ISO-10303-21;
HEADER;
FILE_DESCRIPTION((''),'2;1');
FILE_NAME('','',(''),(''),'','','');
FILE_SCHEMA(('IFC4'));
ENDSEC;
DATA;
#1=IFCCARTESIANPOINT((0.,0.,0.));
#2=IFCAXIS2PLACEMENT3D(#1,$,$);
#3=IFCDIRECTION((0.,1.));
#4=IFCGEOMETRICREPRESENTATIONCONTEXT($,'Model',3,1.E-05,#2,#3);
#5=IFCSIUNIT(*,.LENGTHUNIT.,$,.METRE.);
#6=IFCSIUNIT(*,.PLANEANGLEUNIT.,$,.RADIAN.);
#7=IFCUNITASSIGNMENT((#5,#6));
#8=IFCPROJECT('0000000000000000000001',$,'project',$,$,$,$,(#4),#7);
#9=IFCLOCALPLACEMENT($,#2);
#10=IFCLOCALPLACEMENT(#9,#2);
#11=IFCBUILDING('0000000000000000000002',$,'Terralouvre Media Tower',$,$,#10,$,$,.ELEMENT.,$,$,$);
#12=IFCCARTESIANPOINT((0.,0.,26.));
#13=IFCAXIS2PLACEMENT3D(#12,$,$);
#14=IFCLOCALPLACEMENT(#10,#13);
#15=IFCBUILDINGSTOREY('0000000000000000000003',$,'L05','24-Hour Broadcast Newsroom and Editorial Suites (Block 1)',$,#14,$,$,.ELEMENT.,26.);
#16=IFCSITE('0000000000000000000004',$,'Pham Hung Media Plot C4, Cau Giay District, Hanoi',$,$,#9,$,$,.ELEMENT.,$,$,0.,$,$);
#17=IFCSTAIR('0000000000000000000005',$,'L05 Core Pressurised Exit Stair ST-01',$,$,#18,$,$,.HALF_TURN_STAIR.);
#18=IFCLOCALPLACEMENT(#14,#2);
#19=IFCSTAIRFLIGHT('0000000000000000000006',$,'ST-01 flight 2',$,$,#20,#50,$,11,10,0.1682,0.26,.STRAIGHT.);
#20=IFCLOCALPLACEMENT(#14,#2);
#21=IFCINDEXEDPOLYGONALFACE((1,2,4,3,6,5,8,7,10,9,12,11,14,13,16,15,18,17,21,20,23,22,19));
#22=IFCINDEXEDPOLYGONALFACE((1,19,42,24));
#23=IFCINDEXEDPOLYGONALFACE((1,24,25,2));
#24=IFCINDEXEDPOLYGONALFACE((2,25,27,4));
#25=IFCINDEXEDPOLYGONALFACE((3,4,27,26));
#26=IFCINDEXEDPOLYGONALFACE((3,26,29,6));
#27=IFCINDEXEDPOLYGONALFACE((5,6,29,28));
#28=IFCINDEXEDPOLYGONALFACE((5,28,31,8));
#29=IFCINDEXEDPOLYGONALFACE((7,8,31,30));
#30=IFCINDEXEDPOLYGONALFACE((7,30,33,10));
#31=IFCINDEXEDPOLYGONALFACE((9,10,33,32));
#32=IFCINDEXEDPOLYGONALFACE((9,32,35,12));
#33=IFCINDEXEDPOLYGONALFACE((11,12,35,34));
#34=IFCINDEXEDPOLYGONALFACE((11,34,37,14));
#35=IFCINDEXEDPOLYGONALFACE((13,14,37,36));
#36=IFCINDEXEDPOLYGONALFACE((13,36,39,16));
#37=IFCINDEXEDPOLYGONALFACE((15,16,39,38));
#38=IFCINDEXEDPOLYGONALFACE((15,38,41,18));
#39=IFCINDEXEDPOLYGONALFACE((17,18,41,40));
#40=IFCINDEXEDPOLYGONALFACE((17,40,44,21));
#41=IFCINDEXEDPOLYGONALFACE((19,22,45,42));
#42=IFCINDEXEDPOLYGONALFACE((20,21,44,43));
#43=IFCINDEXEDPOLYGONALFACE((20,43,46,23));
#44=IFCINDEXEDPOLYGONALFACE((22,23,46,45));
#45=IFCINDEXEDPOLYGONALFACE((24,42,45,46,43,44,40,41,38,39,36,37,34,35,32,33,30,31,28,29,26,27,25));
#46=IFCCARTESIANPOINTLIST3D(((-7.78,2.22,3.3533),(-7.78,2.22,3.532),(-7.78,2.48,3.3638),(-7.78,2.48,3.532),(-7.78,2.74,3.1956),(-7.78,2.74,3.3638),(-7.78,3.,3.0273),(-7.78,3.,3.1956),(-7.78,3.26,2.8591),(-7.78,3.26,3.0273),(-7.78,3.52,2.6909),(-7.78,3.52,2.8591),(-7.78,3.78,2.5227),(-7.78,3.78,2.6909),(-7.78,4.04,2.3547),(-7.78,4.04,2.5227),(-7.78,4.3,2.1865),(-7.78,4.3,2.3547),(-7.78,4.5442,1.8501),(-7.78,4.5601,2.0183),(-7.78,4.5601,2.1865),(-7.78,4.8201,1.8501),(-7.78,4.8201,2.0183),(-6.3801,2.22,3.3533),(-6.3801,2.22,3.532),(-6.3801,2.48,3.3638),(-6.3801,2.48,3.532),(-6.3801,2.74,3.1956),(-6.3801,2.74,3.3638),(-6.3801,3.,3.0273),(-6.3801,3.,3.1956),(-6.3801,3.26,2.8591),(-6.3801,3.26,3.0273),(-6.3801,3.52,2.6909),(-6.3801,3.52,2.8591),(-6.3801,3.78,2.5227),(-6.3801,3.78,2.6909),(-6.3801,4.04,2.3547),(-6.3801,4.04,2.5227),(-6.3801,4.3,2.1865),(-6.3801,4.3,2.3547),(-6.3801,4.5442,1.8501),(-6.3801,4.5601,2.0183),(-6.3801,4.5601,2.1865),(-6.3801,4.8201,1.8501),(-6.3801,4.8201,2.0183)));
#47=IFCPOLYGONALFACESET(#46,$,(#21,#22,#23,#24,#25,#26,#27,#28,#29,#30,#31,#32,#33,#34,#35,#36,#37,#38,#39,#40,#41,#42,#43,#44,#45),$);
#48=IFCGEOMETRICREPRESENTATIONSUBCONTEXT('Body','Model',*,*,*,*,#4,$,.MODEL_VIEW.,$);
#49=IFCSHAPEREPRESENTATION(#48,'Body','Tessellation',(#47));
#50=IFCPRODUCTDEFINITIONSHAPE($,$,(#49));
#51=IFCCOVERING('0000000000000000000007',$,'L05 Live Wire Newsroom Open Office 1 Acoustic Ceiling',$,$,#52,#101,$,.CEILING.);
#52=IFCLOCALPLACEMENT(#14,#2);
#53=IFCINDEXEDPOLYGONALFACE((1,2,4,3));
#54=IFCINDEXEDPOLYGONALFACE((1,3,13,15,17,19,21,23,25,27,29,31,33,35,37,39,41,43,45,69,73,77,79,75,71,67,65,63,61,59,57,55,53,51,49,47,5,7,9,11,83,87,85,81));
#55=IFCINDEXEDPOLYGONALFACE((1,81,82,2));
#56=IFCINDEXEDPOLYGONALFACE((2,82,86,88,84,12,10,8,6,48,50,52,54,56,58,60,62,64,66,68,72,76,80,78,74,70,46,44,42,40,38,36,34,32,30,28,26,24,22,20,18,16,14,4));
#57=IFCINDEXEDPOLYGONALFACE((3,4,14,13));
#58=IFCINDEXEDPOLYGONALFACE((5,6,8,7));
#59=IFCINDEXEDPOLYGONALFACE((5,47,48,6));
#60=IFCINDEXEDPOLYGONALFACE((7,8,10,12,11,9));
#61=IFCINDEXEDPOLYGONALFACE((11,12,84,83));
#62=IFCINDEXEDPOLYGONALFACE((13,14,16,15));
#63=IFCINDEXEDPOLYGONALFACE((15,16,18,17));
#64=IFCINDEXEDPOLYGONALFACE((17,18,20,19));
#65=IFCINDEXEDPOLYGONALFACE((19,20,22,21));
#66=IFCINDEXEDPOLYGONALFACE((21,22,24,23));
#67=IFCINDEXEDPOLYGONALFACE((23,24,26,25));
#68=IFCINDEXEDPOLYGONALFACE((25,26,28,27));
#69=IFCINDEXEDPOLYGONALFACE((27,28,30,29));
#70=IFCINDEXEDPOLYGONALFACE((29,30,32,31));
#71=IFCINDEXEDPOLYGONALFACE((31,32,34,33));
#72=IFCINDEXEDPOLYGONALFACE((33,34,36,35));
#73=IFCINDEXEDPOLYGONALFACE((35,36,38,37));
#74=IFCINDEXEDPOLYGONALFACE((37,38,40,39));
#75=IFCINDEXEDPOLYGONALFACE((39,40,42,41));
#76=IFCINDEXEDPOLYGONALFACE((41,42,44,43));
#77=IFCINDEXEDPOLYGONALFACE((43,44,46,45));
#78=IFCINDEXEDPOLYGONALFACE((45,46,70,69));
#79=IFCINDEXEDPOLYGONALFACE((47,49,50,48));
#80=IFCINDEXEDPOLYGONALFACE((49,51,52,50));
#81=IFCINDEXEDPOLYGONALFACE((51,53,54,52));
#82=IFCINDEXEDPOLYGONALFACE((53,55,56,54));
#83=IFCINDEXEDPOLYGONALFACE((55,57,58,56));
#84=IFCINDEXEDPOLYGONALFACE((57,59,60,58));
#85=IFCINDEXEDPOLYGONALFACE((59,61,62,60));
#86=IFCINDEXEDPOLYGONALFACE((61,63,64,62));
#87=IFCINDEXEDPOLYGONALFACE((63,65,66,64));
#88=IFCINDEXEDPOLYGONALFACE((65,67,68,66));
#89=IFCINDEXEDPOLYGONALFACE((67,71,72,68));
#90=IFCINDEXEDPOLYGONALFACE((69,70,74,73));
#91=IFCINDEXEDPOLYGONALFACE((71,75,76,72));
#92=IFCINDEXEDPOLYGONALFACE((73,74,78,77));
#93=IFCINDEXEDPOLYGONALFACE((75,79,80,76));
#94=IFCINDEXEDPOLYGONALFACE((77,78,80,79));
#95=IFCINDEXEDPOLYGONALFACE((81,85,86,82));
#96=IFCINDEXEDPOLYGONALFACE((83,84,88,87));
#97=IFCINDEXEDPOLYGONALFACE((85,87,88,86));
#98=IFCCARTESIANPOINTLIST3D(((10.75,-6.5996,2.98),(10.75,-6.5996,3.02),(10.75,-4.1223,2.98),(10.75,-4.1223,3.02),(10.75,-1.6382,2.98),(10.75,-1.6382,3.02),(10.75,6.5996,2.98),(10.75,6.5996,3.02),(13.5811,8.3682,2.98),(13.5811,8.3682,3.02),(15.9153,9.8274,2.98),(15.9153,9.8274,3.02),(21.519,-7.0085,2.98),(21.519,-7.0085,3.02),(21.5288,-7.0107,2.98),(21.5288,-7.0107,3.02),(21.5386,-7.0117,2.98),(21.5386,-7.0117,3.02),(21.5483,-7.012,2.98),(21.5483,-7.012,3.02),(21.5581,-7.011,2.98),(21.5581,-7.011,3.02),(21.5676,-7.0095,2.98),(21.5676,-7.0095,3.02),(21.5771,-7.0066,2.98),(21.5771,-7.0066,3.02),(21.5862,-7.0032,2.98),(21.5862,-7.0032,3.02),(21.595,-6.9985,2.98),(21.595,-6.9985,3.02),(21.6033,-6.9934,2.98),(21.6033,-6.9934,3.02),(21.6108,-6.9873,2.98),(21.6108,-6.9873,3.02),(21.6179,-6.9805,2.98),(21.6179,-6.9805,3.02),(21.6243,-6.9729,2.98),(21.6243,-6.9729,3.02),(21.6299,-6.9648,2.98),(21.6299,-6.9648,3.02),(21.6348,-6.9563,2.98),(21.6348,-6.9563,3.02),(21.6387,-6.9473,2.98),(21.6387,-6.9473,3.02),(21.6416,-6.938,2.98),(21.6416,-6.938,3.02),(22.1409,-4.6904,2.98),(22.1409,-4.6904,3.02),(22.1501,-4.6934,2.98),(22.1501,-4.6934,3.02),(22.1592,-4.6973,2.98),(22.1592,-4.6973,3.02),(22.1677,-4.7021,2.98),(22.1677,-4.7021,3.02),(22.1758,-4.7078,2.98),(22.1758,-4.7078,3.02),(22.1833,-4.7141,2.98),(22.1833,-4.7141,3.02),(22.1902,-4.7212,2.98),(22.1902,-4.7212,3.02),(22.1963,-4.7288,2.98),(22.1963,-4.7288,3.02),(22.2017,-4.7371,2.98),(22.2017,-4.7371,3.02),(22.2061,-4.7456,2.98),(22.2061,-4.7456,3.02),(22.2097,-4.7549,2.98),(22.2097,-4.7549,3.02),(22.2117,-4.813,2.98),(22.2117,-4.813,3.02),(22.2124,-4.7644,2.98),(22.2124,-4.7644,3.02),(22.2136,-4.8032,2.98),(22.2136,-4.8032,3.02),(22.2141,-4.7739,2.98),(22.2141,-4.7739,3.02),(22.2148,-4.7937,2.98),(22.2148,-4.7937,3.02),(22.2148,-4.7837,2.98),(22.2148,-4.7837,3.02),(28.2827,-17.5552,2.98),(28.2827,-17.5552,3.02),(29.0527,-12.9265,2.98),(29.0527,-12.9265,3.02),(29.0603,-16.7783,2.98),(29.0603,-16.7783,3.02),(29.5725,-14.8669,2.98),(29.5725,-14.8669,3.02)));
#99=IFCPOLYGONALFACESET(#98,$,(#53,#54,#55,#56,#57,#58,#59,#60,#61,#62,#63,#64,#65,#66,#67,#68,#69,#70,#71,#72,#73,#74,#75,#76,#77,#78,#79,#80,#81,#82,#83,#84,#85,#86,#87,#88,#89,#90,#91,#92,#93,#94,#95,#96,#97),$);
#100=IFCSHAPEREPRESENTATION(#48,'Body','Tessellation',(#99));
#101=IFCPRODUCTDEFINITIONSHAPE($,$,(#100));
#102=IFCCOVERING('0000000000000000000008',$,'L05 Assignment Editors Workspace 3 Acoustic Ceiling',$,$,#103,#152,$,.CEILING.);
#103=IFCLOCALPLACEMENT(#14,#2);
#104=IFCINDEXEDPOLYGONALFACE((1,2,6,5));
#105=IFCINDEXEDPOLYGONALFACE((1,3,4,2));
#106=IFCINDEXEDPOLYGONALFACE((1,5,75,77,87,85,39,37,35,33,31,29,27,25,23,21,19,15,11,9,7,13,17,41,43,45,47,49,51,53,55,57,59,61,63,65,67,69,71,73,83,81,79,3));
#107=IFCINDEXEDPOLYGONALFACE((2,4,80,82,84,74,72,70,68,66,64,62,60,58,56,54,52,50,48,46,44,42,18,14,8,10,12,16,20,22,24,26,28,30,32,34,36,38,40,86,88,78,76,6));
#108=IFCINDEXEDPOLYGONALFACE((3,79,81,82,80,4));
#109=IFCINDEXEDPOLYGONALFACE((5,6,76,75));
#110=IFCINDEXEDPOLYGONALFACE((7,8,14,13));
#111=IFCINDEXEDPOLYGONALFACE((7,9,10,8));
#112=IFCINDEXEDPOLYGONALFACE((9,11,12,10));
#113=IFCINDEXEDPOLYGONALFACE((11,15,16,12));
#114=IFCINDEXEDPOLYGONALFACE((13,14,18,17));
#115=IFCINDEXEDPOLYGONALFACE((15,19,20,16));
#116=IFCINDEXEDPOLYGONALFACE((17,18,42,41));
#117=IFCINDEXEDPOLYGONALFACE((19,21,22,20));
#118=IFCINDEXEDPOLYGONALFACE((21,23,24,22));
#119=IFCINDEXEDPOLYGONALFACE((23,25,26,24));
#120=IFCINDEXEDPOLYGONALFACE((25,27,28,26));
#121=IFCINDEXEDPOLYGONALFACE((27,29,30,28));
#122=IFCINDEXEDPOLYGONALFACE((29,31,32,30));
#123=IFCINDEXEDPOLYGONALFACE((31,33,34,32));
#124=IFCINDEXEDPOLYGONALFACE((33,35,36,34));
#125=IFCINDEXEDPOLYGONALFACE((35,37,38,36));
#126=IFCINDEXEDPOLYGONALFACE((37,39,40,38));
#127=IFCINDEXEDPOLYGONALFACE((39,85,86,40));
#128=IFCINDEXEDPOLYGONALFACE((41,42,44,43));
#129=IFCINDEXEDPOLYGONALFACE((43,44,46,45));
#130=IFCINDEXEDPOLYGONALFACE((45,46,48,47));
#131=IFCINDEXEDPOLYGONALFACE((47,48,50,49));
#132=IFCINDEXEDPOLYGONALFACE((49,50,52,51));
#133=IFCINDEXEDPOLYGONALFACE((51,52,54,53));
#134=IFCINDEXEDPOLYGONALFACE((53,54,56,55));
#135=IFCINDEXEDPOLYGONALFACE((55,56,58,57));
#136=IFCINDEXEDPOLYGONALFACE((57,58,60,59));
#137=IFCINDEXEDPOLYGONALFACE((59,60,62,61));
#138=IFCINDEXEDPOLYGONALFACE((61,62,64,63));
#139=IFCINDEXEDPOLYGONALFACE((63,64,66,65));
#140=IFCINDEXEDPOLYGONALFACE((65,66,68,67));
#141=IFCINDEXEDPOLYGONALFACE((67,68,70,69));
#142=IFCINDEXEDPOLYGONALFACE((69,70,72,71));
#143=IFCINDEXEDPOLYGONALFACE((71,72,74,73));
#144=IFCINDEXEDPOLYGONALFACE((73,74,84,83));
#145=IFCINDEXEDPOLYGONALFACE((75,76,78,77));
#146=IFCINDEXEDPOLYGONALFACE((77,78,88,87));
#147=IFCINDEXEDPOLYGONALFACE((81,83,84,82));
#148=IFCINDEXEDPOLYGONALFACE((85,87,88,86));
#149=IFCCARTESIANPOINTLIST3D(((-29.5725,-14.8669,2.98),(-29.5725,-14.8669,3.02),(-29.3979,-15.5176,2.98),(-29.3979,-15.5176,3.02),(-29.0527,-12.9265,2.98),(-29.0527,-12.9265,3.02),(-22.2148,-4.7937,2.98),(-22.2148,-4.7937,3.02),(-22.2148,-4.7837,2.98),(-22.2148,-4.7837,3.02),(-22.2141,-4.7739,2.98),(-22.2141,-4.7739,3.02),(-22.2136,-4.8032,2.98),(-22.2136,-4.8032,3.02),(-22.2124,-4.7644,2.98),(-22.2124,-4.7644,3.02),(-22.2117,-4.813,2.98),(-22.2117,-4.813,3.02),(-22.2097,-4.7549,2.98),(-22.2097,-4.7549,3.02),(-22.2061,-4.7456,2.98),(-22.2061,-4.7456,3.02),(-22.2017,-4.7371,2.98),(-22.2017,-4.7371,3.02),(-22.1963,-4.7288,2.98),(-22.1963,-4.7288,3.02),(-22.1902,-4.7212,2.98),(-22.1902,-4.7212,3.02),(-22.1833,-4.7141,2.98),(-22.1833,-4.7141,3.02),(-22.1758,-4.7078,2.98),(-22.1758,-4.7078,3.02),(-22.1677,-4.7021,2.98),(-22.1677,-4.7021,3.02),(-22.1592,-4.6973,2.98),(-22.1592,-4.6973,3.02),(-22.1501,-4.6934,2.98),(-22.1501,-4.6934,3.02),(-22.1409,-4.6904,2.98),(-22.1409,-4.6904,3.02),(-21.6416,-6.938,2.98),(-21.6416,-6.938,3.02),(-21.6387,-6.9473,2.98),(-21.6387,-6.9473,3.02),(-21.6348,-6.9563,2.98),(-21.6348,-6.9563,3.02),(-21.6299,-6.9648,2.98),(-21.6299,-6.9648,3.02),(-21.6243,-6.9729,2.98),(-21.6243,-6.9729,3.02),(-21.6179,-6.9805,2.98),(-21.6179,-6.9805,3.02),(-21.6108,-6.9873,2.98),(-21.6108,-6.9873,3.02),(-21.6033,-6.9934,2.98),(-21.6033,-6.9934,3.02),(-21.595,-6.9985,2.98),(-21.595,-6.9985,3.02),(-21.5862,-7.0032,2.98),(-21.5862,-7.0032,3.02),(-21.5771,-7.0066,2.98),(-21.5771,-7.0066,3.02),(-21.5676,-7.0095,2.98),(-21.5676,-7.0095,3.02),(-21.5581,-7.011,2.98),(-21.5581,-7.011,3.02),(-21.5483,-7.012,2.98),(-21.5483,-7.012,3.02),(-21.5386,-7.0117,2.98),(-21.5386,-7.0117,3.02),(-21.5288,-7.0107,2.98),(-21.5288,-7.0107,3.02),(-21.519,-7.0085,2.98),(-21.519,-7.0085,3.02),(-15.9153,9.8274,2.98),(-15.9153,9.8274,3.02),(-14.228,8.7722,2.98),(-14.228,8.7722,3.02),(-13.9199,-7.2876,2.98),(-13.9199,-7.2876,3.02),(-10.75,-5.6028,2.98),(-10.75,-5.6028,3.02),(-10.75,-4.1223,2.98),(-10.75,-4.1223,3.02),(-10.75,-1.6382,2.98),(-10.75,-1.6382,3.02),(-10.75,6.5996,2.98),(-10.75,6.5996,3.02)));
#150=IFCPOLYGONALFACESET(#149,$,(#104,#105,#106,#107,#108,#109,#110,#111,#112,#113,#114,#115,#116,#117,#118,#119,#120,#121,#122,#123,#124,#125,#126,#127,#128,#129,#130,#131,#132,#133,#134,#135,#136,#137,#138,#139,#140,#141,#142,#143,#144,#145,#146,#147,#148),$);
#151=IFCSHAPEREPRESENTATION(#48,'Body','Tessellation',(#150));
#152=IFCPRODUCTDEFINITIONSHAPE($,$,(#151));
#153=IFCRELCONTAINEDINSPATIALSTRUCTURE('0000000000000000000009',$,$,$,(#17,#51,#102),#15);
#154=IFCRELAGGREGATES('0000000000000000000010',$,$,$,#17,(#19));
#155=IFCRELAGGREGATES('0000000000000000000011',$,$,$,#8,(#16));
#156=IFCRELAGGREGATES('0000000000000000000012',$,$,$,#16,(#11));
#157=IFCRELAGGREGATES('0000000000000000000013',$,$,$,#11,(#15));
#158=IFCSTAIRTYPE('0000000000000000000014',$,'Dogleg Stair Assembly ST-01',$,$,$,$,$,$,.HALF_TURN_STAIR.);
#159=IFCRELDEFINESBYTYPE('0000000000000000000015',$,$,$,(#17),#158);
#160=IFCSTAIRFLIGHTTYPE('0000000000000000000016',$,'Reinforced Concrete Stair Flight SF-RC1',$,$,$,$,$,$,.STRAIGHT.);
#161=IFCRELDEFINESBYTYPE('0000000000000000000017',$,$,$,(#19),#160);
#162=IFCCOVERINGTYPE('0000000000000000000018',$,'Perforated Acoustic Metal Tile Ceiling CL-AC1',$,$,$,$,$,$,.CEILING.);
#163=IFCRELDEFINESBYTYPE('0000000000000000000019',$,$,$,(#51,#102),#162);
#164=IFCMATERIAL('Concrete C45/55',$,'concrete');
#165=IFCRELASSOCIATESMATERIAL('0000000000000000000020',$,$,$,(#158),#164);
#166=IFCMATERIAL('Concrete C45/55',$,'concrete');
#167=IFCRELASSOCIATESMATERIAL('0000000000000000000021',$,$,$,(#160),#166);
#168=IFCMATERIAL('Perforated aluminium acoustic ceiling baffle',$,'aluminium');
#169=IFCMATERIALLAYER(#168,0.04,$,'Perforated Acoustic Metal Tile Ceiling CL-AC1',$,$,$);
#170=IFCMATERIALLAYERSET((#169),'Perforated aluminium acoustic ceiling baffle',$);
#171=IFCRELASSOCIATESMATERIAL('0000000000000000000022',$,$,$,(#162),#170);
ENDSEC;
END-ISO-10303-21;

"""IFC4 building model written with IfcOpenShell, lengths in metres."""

from ifc_helpers import new_model, si_unit, direction, frame, origin, place, context, subcontext, project, spatial, polyline, outline, extrude, material, layer, layer_set, type_object, element, aggregate, save


model = new_model("IFC4")

# Units and contexts
model_context = context("Model", 3, precision=1e-05, world=origin(), true_north=direction((0.0, 1.0)))
body_context = subcontext(model_context, "Body", "Model", "MODEL_VIEW")
ifc_project = project(units=[si_unit("LENGTHUNIT", "METRE"), si_unit("PLANEANGLEUNIT", "RADIAN")], contexts=[model_context])

# Site, building, storey
site_placement = place(None, origin())
site = spatial("IfcSite", under=ifc_project, at=site_placement, Name="Pham Hung Media Plot C4, Cau Giay District, Hanoi", CompositionType="ELEMENT", RefElevation=0.0)
building_placement = place(site_placement, origin())
building = spatial("IfcBuilding", under=site, at=building_placement, Name="Terralouvre Media Tower", CompositionType="ELEMENT")
storey_placement = place(building_placement, frame((0.0, 0.0, 26.0)))
storey = spatial("IfcBuildingStorey", under=building, at=storey_placement, Name="L05", Description="24-Hour Broadcast Newsroom and Editorial Suites (Block 1)", CompositionType="ELEMENT", Elevation=26.0)

# Stair, stair flight
ifc_material_1 = material(Name="Concrete C45/55", Category="concrete")
stair_type = type_object("IfcStairType", Name="Dogleg Stair Assembly ST-01", PredefinedType="HALF_TURN_STAIR", material=ifc_material_1)
stair_placement = place(storey_placement, origin())
stair = element("IfcStair", 1, at=stair_placement, inside=storey, type_object=stair_type, Name="L05 Core Pressurised Exit Stair ST-01", PredefinedType="HALF_TURN_STAIR")
ifc_material_2 = material(Name="Concrete C45/55", Category="concrete")
stair_flight_type = type_object("IfcStairFlightType", Name="Reinforced Concrete Stair Flight SF-RC1", PredefinedType="STRAIGHT", material=ifc_material_2)
stair_flight_1_placement = place(storey_placement, frame((-7.0801, 4.8201, 1.8501), z_axis=(0.0, 0.0, 1.0), x_axis=(0.0, -1.0, 0.0)))
stair_flight_1 = element("IfcStairFlight", 2, at=stair_flight_1_placement, type_object=stair_flight_type, Name="ST-01 flight 2", NumberOfRisers=11, NumberOfTreads=10, PredefinedType="STRAIGHT", RiserHeight=0.1682, TreadLength=0.26, context=body_context, shape_type="SweptSolid", body=[
    extrude(outline(polyline([(0.0, 0.0), (0.0, 0.1682), (0.26, 0.1682), (0.26, 0.3364), (0.52, 0.3364), (0.52, 0.5046), (0.78, 0.5046), (0.78, 0.6726), (1.04, 0.6726), (1.04, 0.8408), (1.3, 0.8408), (1.3, 1.009), (1.5601, 1.009), (1.5601, 1.1772), (1.8201, 1.1772), (1.8201, 1.3455), (2.0801, 1.3455), (2.0801, 1.5137), (2.3401, 1.5137), (2.3401, 1.6819), (2.6001, 1.6819), (2.6001, 1.8501), (2.6001, 1.5032), (0.2759, 0.0), (0.0, 0.0)])), frame((0.0, 0.7, 0.0), z_axis=(0.0, -1.0, 0.0), x_axis=(1.0, 0.0, 0.0)), (0.0, 0.0, 1.0), 1.3999),
])
aggregate(stair, [stair_flight_1])

# Coverings
ifc_material_3 = material(Name="Perforated aluminium acoustic ceiling baffle", Category="aluminium")
ifc_layer_1 = layer(ifc_material_3, 0.04, Name="Perforated Acoustic Metal Tile Ceiling CL-AC1")
ifc_layer_set_1 = layer_set([ifc_layer_1], Name="Perforated aluminium acoustic ceiling baffle")
covering_type = type_object("IfcCoveringType", Name="Perforated Acoustic Metal Tile Ceiling CL-AC1", PredefinedType="CEILING", material=ifc_layer_set_1)
covering_1_placement = place(storey_placement, frame((0.0, 0.0, 2.98)))
element("IfcCovering", 3, at=covering_1_placement, inside=storey, type_object=covering_type, Name="L05 Live Wire Newsroom Open Office 1 Acoustic Ceiling", PredefinedType="CEILING", context=body_context, shape_type="SweptSolid", body=[
    extrude(outline(polyline([(10.75, 6.5996), (10.75, -1.6382), (22.1409, -4.6904), (22.1501, -4.6934), (22.1592, -4.6973), (22.1677, -4.7021), (22.1758, -4.7078), (22.1833, -4.7141), (22.1902, -4.7212), (22.1963, -4.7288), (22.2017, -4.7371), (22.2061, -4.7456), (22.2097, -4.7549), (22.2124, -4.7644), (22.2141, -4.7739), (22.2148, -4.7837), (22.2148, -4.7937), (22.2136, -4.8032), (22.2117, -4.813), (21.6416, -6.938), (21.6387, -6.9473), (21.6348, -6.9563), (21.6299, -6.9648), (21.6243, -6.9729), (21.6179, -6.9805), (21.6108, -6.9873), (21.6033, -6.9934), (21.595, -6.9985), (21.5862, -7.0032), (21.5771, -7.0066), (21.5676, -7.0095), (21.5581, -7.011), (21.5483, -7.012), (21.5386, -7.0117), (21.5288, -7.0107), (21.519, -7.0085), (10.75, -4.1223), (10.75, -6.5996), (28.2827, -17.5552), (29.0603, -16.7783), (29.5725, -14.8669), (29.0527, -12.9265), (15.9153, 9.8274), (13.5811, 8.3682), (10.75, 6.5996)])), origin(), (0.0, 0.0, 1.0), 0.04),
])
covering_2_placement = place(storey_placement, frame((0.0, 0.0, 2.98)))
element("IfcCovering", 4, at=covering_2_placement, inside=storey, type_object=covering_type, Name="L05 Assignment Editors Workspace 3 Acoustic Ceiling", PredefinedType="CEILING", context=body_context, shape_type="SweptSolid", body=[
    extrude(outline(polyline([(-10.75, -5.6028), (-10.75, -4.1223), (-21.519, -7.0085), (-21.5288, -7.0107), (-21.5386, -7.0117), (-21.5483, -7.012), (-21.5581, -7.011), (-21.5676, -7.0095), (-21.5771, -7.0066), (-21.5862, -7.0032), (-21.595, -6.9985), (-21.6033, -6.9934), (-21.6108, -6.9873), (-21.6179, -6.9805), (-21.6243, -6.9729), (-21.6299, -6.9648), (-21.6348, -6.9563), (-21.6387, -6.9473), (-21.6416, -6.938), (-22.2117, -4.813), (-22.2136, -4.8032), (-22.2148, -4.7937), (-22.2148, -4.7837), (-22.2141, -4.7739), (-22.2124, -4.7644), (-22.2097, -4.7549), (-22.2061, -4.7456), (-22.2017, -4.7371), (-22.1963, -4.7288), (-22.1902, -4.7212), (-22.1833, -4.7141), (-22.1758, -4.7078), (-22.1677, -4.7021), (-22.1592, -4.6973), (-22.1501, -4.6934), (-22.1409, -4.6904), (-10.75, -1.6382), (-10.75, 6.5996), (-14.228, 8.7722), (-15.9153, 9.8274), (-29.0527, -12.9265), (-29.5725, -14.8669), (-29.3979, -15.5176), (-13.9199, -7.2876), (-10.75, -5.6028)])), origin(), (0.0, 0.0, 1.0), 0.04),
])

save(model, "model.ifc")
